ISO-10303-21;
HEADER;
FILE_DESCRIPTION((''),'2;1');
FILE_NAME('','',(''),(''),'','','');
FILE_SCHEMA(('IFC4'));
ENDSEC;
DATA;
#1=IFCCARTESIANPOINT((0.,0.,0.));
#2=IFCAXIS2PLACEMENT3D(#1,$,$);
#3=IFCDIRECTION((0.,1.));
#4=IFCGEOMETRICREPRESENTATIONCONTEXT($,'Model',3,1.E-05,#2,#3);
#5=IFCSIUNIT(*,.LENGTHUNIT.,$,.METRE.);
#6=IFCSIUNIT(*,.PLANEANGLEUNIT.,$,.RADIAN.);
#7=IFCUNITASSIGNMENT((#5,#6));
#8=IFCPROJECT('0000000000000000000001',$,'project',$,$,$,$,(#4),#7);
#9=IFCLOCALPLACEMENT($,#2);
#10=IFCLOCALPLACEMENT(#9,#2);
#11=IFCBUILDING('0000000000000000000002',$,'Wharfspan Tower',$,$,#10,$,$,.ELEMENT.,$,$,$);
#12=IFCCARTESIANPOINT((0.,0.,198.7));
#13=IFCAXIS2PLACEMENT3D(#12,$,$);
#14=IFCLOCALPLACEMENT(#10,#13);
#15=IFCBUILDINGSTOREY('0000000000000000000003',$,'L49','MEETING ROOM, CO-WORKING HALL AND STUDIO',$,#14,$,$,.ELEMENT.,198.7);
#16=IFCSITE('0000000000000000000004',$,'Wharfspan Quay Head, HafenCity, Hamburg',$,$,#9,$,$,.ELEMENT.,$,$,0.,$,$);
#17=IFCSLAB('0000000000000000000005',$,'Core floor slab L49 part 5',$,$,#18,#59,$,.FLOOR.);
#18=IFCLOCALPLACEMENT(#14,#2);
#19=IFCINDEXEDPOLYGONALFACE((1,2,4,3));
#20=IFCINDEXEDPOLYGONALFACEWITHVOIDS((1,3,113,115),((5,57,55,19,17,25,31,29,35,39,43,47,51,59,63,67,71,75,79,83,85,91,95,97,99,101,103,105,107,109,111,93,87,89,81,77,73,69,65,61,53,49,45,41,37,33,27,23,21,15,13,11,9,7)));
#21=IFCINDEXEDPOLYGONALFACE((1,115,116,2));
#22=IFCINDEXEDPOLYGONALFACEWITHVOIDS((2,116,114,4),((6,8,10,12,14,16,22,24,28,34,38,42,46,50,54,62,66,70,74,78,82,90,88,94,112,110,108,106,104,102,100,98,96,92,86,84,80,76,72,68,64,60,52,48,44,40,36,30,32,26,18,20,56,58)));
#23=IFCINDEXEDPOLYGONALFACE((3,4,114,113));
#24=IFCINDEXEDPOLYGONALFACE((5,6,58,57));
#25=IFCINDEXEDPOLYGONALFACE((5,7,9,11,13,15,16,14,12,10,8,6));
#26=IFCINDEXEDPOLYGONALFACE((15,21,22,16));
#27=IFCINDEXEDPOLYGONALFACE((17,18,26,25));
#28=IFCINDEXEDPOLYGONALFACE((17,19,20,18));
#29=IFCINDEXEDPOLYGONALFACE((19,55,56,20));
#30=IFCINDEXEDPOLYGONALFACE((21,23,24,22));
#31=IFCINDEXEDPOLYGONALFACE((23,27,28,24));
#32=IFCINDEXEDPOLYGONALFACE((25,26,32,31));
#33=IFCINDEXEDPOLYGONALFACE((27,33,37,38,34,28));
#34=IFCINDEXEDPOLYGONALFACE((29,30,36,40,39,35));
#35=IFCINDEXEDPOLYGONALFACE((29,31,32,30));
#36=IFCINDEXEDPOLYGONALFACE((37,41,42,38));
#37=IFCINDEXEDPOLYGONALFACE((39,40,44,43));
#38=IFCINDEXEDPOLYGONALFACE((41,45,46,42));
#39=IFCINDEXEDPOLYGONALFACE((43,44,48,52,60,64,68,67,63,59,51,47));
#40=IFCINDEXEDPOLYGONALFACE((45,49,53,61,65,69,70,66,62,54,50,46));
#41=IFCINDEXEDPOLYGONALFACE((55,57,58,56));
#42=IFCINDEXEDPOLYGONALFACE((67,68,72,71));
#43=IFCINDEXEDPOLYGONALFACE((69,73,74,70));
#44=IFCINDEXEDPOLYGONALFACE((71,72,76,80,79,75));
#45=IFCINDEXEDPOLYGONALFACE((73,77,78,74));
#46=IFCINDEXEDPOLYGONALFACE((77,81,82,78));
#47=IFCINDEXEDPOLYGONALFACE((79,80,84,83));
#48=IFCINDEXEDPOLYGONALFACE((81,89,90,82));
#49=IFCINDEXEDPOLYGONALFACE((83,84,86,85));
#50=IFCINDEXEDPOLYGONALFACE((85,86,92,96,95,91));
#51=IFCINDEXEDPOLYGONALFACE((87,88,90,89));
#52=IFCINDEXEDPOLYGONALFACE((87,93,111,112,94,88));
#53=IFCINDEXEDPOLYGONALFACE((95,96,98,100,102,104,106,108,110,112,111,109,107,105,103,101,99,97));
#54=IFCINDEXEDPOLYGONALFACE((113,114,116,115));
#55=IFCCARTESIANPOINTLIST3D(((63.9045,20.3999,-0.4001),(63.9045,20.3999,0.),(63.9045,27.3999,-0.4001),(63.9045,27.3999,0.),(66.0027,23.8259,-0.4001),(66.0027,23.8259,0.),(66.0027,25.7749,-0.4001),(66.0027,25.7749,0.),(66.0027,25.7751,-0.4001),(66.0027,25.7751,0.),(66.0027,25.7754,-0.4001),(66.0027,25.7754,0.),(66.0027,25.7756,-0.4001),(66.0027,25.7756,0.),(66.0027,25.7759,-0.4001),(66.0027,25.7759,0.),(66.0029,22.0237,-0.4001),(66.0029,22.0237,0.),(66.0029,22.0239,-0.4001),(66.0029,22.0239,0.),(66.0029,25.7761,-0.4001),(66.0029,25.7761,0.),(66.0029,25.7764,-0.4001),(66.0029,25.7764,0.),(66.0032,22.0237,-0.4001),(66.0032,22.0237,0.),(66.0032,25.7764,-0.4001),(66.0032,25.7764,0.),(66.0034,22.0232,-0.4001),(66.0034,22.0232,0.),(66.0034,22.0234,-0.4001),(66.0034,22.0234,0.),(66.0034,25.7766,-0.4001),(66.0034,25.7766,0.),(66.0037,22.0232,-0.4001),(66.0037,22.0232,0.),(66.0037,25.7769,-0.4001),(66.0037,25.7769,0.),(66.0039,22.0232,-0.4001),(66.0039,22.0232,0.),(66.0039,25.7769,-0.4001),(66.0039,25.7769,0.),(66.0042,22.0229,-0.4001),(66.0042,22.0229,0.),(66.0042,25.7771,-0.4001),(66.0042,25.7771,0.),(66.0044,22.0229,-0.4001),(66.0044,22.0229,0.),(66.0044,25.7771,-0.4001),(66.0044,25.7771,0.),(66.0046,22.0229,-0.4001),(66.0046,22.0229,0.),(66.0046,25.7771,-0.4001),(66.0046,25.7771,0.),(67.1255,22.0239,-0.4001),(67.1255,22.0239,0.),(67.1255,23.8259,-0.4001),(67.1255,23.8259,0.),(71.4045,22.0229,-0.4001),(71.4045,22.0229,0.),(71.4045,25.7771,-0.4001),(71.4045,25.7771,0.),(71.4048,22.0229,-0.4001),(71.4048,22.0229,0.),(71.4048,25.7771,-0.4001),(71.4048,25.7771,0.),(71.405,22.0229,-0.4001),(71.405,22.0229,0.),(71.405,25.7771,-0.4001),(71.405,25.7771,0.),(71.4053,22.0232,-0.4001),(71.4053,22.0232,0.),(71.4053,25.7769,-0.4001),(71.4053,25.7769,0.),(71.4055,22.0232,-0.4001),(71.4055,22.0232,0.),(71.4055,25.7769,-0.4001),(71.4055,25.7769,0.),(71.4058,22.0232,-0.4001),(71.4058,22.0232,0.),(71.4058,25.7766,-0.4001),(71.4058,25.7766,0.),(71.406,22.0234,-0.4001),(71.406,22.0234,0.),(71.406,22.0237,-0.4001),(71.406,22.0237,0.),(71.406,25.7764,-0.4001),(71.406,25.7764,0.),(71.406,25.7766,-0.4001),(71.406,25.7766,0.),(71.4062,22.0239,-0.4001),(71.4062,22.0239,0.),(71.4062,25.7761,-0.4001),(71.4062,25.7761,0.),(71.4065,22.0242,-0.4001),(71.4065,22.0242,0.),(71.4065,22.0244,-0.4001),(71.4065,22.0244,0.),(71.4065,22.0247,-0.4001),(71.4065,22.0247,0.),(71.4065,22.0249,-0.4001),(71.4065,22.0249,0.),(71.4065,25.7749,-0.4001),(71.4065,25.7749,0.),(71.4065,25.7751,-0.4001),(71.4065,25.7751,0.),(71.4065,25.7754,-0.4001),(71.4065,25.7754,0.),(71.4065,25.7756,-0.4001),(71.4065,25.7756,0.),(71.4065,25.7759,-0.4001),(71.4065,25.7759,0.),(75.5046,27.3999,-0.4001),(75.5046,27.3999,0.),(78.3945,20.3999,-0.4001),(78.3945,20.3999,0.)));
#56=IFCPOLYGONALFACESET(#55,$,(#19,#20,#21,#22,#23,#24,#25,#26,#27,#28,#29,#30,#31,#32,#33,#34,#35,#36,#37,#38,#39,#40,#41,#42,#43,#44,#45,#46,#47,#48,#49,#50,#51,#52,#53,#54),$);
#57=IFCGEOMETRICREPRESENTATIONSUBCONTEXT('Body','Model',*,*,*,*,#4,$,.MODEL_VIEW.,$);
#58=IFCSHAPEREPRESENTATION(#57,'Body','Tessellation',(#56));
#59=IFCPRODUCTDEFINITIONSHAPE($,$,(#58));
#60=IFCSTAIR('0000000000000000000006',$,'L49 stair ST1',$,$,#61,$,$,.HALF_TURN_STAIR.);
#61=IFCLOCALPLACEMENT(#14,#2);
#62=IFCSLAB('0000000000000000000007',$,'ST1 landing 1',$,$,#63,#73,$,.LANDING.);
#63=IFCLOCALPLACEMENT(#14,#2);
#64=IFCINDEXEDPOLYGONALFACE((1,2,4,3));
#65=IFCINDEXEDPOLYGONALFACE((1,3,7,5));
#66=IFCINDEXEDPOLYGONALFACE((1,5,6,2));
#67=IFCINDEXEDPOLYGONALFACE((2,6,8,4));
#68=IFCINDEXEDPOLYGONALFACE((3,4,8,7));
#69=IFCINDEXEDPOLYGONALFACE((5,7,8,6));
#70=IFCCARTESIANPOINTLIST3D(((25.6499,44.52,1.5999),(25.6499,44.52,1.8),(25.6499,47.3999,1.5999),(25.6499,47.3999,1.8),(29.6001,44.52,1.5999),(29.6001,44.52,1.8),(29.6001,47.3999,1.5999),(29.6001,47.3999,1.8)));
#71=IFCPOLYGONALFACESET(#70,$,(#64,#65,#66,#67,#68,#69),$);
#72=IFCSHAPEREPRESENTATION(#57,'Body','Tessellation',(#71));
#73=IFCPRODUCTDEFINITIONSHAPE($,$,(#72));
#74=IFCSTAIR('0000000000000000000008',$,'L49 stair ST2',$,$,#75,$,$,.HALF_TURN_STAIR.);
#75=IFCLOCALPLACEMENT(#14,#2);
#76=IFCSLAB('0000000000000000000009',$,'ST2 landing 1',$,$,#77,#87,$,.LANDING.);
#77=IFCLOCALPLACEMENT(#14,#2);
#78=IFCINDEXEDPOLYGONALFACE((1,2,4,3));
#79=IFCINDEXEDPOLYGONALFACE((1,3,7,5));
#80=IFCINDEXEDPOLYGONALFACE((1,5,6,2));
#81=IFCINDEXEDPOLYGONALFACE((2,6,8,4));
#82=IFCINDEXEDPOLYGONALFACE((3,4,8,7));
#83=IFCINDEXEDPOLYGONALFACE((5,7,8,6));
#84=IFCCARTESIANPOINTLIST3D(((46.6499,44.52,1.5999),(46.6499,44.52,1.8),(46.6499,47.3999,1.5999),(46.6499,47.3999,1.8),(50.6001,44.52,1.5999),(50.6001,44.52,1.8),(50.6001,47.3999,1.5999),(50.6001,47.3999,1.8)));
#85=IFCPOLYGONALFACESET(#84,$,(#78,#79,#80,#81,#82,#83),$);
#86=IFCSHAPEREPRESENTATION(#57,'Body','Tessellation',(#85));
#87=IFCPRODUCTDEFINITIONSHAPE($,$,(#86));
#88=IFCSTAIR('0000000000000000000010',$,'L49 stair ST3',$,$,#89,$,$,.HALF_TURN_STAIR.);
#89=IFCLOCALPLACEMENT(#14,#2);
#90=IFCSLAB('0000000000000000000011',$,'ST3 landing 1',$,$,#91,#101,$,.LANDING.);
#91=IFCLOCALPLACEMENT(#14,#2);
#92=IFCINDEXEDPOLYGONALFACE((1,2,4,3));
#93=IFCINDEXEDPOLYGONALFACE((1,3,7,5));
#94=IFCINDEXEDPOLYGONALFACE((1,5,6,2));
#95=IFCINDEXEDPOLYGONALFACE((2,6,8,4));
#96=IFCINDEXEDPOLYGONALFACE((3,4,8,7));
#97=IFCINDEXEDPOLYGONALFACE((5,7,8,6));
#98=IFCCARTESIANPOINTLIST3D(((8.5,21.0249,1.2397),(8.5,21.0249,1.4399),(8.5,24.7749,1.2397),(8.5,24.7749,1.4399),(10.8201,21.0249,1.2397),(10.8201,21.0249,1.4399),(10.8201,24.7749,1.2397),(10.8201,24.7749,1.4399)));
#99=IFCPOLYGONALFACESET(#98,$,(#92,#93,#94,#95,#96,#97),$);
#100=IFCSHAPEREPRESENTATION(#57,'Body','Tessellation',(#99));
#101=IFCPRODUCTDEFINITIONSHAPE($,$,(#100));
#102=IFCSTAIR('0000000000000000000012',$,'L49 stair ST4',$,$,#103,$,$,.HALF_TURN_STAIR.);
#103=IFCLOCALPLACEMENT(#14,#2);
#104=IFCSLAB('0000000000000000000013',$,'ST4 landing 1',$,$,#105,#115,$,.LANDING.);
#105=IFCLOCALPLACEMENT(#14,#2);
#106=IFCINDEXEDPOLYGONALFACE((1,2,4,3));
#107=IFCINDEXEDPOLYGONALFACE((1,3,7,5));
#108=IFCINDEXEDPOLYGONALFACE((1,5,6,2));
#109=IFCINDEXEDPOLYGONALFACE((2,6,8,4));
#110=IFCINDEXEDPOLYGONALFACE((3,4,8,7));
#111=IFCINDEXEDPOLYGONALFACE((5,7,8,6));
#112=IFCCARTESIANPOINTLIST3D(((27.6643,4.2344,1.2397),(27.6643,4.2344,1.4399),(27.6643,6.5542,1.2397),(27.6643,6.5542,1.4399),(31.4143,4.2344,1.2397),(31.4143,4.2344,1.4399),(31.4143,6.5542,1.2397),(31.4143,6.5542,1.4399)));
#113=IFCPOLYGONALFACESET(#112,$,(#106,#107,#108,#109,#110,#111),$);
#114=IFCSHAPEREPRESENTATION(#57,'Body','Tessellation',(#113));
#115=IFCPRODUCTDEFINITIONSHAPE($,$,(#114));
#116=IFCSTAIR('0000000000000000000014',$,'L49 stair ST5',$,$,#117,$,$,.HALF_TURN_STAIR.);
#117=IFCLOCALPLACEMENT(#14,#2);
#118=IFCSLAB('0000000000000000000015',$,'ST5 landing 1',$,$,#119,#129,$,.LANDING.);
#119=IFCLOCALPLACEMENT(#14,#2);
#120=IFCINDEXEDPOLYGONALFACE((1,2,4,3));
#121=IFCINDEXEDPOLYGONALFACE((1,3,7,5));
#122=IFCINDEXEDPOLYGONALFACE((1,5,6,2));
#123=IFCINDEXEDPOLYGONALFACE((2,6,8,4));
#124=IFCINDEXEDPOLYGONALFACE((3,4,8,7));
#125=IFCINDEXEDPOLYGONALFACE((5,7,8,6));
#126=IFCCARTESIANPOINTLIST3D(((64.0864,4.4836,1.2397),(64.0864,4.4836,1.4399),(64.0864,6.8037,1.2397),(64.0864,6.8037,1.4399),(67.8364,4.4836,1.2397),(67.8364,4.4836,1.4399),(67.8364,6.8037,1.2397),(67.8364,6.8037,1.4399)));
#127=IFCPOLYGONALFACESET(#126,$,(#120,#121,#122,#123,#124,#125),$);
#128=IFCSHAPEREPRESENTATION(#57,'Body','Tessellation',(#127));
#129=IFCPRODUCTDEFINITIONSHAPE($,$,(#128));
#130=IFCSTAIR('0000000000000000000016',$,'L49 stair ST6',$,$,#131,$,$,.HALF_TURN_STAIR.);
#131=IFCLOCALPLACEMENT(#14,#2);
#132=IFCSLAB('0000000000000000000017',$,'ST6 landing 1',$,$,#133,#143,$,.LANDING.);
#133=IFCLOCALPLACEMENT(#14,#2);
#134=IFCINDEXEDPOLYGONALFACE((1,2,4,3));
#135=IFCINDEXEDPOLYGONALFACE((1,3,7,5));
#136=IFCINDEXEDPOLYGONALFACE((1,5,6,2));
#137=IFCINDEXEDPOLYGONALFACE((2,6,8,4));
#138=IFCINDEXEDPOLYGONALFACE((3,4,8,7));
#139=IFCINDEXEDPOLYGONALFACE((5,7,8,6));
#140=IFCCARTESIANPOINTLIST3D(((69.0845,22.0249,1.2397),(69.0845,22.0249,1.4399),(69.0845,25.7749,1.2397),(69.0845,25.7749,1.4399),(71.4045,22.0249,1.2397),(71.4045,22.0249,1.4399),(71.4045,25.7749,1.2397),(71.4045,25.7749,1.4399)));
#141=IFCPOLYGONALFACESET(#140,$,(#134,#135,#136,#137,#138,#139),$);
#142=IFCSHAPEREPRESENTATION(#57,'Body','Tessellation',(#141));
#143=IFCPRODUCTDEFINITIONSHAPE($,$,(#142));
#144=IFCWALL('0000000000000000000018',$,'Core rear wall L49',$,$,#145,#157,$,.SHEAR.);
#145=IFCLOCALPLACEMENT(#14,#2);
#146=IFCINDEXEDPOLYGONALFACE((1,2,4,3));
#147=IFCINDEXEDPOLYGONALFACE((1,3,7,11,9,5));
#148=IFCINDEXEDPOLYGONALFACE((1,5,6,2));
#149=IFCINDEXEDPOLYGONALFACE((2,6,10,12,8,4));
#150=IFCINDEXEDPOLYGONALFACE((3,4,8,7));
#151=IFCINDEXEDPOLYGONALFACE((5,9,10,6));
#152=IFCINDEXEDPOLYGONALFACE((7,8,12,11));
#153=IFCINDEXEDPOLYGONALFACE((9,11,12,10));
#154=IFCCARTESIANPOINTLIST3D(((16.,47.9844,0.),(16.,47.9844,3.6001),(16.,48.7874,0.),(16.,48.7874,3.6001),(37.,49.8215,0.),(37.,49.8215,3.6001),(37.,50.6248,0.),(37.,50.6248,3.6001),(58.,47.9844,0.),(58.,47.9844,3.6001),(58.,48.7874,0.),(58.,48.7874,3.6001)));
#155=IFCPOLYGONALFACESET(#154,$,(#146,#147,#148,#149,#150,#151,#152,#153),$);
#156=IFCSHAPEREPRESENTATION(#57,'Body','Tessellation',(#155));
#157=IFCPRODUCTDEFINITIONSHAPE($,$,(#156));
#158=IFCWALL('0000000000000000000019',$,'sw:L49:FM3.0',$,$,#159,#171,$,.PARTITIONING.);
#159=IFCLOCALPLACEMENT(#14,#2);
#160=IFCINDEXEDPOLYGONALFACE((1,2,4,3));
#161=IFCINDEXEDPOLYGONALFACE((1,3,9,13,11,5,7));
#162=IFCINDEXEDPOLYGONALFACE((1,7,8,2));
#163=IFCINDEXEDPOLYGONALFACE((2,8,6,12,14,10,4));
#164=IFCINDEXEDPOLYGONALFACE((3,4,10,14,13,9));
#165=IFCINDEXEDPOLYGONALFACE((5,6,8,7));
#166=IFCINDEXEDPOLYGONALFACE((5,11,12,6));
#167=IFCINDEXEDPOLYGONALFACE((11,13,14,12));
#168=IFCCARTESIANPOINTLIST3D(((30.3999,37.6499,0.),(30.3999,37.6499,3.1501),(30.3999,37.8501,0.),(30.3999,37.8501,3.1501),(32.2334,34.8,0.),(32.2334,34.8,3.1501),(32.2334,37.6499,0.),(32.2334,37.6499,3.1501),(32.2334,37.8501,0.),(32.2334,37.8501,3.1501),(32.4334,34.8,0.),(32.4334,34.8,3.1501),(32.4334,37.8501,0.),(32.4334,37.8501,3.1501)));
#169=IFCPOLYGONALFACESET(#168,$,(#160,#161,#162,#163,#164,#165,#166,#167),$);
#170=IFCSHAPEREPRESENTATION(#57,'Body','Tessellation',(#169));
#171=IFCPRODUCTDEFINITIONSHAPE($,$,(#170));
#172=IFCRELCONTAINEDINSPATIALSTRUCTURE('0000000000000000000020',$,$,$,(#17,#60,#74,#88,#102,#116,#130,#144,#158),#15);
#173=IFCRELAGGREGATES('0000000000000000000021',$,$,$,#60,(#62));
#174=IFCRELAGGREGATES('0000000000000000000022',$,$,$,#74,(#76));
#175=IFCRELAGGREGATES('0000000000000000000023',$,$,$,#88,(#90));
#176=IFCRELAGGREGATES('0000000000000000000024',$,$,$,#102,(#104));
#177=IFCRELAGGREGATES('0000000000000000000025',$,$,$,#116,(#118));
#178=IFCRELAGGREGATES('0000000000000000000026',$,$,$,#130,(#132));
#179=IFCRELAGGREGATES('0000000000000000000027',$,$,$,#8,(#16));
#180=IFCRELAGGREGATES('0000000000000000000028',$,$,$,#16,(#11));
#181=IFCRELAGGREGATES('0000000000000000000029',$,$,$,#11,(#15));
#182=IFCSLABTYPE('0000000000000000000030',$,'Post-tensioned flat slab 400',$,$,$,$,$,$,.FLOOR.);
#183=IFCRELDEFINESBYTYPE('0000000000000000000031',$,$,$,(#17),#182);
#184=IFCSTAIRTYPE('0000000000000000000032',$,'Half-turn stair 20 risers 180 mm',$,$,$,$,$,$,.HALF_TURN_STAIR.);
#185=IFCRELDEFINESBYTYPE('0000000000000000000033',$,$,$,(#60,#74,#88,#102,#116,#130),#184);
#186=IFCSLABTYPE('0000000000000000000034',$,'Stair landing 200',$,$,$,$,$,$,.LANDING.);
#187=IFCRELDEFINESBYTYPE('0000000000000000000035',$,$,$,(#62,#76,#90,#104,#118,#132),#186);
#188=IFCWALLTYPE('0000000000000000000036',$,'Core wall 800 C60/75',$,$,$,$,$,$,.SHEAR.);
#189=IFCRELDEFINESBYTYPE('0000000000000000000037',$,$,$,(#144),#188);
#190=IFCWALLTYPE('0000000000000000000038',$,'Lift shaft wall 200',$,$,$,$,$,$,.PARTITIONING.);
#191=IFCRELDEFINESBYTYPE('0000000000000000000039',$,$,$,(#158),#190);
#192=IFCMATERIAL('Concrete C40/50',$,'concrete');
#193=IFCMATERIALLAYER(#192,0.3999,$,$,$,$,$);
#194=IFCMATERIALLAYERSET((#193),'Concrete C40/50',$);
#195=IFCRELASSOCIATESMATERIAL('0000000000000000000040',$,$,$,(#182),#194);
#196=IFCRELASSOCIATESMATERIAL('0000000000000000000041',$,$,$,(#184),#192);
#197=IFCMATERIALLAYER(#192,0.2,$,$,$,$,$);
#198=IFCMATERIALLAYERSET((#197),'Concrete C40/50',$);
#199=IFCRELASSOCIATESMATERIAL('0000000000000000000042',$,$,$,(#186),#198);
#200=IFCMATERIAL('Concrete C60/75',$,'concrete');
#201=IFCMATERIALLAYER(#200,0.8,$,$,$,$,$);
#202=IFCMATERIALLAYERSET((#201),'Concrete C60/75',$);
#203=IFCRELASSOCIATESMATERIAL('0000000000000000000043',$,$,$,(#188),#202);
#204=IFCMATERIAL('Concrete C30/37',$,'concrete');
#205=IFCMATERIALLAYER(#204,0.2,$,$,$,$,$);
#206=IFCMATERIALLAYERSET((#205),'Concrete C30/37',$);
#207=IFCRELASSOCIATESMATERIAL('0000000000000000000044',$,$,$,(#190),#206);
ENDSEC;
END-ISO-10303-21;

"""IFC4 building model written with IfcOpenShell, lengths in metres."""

from ifc_helpers import new_model, si_unit, direction, frame, origin, place, context, subcontext, project, spatial, polyline, outline, extrude, material, layer, layer_set, type_object, element, aggregate, save


model = new_model("IFC4")

# Units and contexts
model_context = context("Model", 3, precision=1e-05, world=origin(), true_north=direction((0.0, 1.0)))
body_context = subcontext(model_context, "Body", "Model", "MODEL_VIEW")
ifc_project = project(units=[si_unit("LENGTHUNIT", "METRE"), si_unit("PLANEANGLEUNIT", "RADIAN")], contexts=[model_context])

# Site, building, storey
site_placement = place(None, origin())
site = spatial("IfcSite", under=ifc_project, at=site_placement, Name="Wharfspan Quay Head, HafenCity, Hamburg", CompositionType="ELEMENT", RefElevation=0.0)
building_placement = place(site_placement, origin())
building = spatial("IfcBuilding", under=site, at=building_placement, Name="Wharfspan Tower", CompositionType="ELEMENT")
storey_placement = place(building_placement, frame((0.0, 0.0, 198.7)))
storey = spatial("IfcBuildingStorey", under=building, at=storey_placement, Name="L49", Description="MEETING ROOM, CO-WORKING HALL AND STUDIO", CompositionType="ELEMENT", Elevation=198.7)

# Slab
ifc_material_1 = material(Name="Concrete C40/50", Category="concrete")
ifc_layer_1 = layer(ifc_material_1, 0.3999)
ifc_layer_set_1 = layer_set([ifc_layer_1], Name="Concrete C40/50")
slab_type_1 = type_object("IfcSlabType", Name="Post-tensioned flat slab 400", PredefinedType="FLOOR", material=ifc_layer_set_1)
slab_1_placement = place(storey_placement, frame((0.0, 0.0, -0.4001)))
element("IfcSlab", 1, at=slab_1_placement, inside=storey, type_object=slab_type_1, Name="Core floor slab L49 part 5", PredefinedType="FLOOR", context=body_context, shape_type="SweptSolid", body=[
    extrude(outline(polyline([(78.3945, 20.3999), (75.5046, 27.3999), (63.9045, 27.3999), (63.9045, 20.3999), (78.3945, 20.3999)]), holes=[polyline([(66.0044, 22.0229), (66.0041, 22.0229), (66.0039, 22.0232), (66.0039, 22.0232), (66.0037, 22.0232), (66.0034, 22.0232), (66.0034, 22.0234), (66.0032, 22.0237), (66.0029, 22.0237), (66.0029, 22.0239), (66.0027, 22.0239), (67.1255, 22.0239), (67.1255, 23.8259), (66.0027, 23.8259), (66.0027, 25.7749), (66.0027, 25.7751), (66.0027, 25.7754), (66.0027, 25.7756), (66.0027, 25.7759), (66.0027, 25.7759), (66.0029, 25.7761), (66.0029, 25.7764), (66.0032, 25.7764), (66.0034, 25.7766), (66.0034, 25.7766), (66.0037, 25.7769), (66.0039, 25.7769), (66.0039, 25.7769), (66.0041, 25.7771), (66.0044, 25.7771), (66.0046, 25.7771), (71.4045, 25.7771), (71.4048, 25.7771), (71.405, 25.7771), (71.4053, 25.7769), (71.4055, 25.7769), (71.4055, 25.7769), (71.4058, 25.7766), (71.406, 25.7766), (71.406, 25.7764), (71.406, 25.7764), (71.4062, 25.7761), (71.4065, 25.7759), (71.4065, 25.7759), (71.4065, 25.7756), (71.4065, 25.7754), (71.4065, 25.7751), (71.4065, 25.7749), (71.4065, 22.0249), (71.4065, 22.0249), (71.4065, 22.0247), (71.4065, 22.0244), (71.4065, 22.0242), (71.4065, 22.0242), (71.4062, 22.0239), (71.406, 22.0237), (71.406, 22.0237), (71.406, 22.0234), (71.4058, 22.0232), (71.4055, 22.0232), (71.4055, 22.0232), (71.4053, 22.0232), (71.405, 22.0229), (71.4048, 22.0229), (71.4045, 22.0229), (66.0046, 22.0229), (66.0044, 22.0229)])]), origin(), (0.0, 0.0, 1.0), 0.4001),
])

# Stairs, slabs
stair_type = type_object("IfcStairType", Name="Half-turn stair 20 risers 180 mm", PredefinedType="HALF_TURN_STAIR", material=ifc_material_1)
stair_1_placement = place(storey_placement, origin())
stair_1 = element("IfcStair", 2, at=stair_1_placement, inside=storey, type_object=stair_type, Name="L49 stair ST1", PredefinedType="HALF_TURN_STAIR")
ifc_layer_2 = layer(ifc_material_1, 0.2)
ifc_layer_set_2 = layer_set([ifc_layer_2], Name="Concrete C40/50")
slab_type_2 = type_object("IfcSlabType", Name="Stair landing 200", PredefinedType="LANDING", material=ifc_layer_set_2)
slab_2_placement = place(storey_placement, frame((0.0, 0.0, 1.5999)))
slab_2 = element("IfcSlab", 3, at=slab_2_placement, type_object=slab_type_2, Name="ST1 landing 1", PredefinedType="LANDING", context=body_context, shape_type="SweptSolid", body=[
    extrude(outline(polyline([(25.6499, 44.52), (29.6001, 44.52), (29.6001, 47.3999), (25.6499, 47.3999), (25.6499, 44.52)])), origin(), (0.0, 0.0, 1.0), 0.2002),
])
aggregate(stair_1, [slab_2])
stair_2_placement = place(storey_placement, origin())
stair_2 = element("IfcStair", 4, at=stair_2_placement, inside=storey, type_object=stair_type, Name="L49 stair ST2", PredefinedType="HALF_TURN_STAIR")
slab_3_placement = place(storey_placement, frame((0.0, 0.0, 1.5999)))
slab_3 = element("IfcSlab", 5, at=slab_3_placement, type_object=slab_type_2, Name="ST2 landing 1", PredefinedType="LANDING", context=body_context, shape_type="SweptSolid", body=[
    extrude(outline(polyline([(46.6499, 44.52), (50.6001, 44.52), (50.6001, 47.3999), (46.6499, 47.3999), (46.6499, 44.52)])), origin(), (0.0, 0.0, 1.0), 0.2002),
])
aggregate(stair_2, [slab_3])
stair_3_placement = place(storey_placement, origin())
stair_3 = element("IfcStair", 6, at=stair_3_placement, inside=storey, type_object=stair_type, Name="L49 stair ST3", PredefinedType="HALF_TURN_STAIR")
slab_4_placement = place(storey_placement, frame((0.0, 0.0, 1.2397)))
slab_4 = element("IfcSlab", 7, at=slab_4_placement, type_object=slab_type_2, Name="ST3 landing 1", PredefinedType="LANDING", context=body_context, shape_type="SweptSolid", body=[
    extrude(outline(polyline([(10.8201, 24.7749), (8.5, 24.7749), (8.5, 21.0249), (10.8201, 21.0249), (10.8201, 24.7749)])), origin(), (0.0, 0.0, 1.0), 0.2002),
])
aggregate(stair_3, [slab_4])
stair_4_placement = place(storey_placement, origin())
stair_4 = element("IfcStair", 8, at=stair_4_placement, inside=storey, type_object=stair_type, Name="L49 stair ST4", PredefinedType="HALF_TURN_STAIR")
slab_5_placement = place(storey_placement, frame((0.0, 0.0, 1.2397)))
slab_5 = element("IfcSlab", 9, at=slab_5_placement, type_object=slab_type_2, Name="ST4 landing 1", PredefinedType="LANDING", context=body_context, shape_type="SweptSolid", body=[
    extrude(outline(polyline([(27.6643, 6.5542), (27.6643, 4.2344), (31.4143, 4.2344), (31.4143, 6.5542), (27.6643, 6.5542)])), origin(), (0.0, 0.0, 1.0), 0.2002),
])
aggregate(stair_4, [slab_5])
stair_5_placement = place(storey_placement, origin())
stair_5 = element("IfcStair", 10, at=stair_5_placement, inside=storey, type_object=stair_type, Name="L49 stair ST5", PredefinedType="HALF_TURN_STAIR")
slab_6_placement = place(storey_placement, frame((0.0, 0.0, 1.2397)))
slab_6 = element("IfcSlab", 11, at=slab_6_placement, type_object=slab_type_2, Name="ST5 landing 1", PredefinedType="LANDING", context=body_context, shape_type="SweptSolid", body=[
    extrude(outline(polyline([(64.0864, 6.8037), (64.0864, 4.4836), (67.8364, 4.4836), (67.8364, 6.8037), (64.0864, 6.8037)])), origin(), (0.0, 0.0, 1.0), 0.2002),
])
aggregate(stair_5, [slab_6])
stair_6_placement = place(storey_placement, origin())
stair_6 = element("IfcStair", 12, at=stair_6_placement, inside=storey, type_object=stair_type, Name="L49 stair ST6", PredefinedType="HALF_TURN_STAIR")
slab_7_placement = place(storey_placement, frame((0.0, 0.0, 1.2397)))
slab_7 = element("IfcSlab", 13, at=slab_7_placement, type_object=slab_type_2, Name="ST6 landing 1", PredefinedType="LANDING", context=body_context, shape_type="SweptSolid", body=[
    extrude(outline(polyline([(69.0845, 22.0249), (71.4045, 22.0249), (71.4045, 25.7749), (69.0845, 25.7749), (69.0845, 22.0249)])), origin(), (0.0, 0.0, 1.0), 0.2002),
])
aggregate(stair_6, [slab_7])

# Walls
ifc_material_2 = material(Name="Concrete C60/75", Category="concrete")
ifc_layer_3 = layer(ifc_material_2, 0.8)
ifc_layer_set_3 = layer_set([ifc_layer_3], Name="Concrete C60/75")
wall_type_1 = type_object("IfcWallType", Name="Core wall 800 C60/75", PredefinedType="SHEAR", material=ifc_layer_set_3)
wall_1_placement = place(storey_placement, origin())
element("IfcWall", 14, at=wall_1_placement, inside=storey, type_object=wall_type_1, Name="Core rear wall L49", PredefinedType="SHEAR", context=body_context, shape_type="SweptSolid", body=[
    extrude(outline(polyline([(16.0, 47.9844), (37.0, 49.8215), (58.0, 47.9844), (58.0, 48.7874), (37.0, 50.6248), (16.0, 48.7874), (16.0, 47.9844)])), origin(), (0.0, 0.0, 1.0), 3.6001),
])
ifc_material_3 = material(Name="Concrete C30/37", Category="concrete")
ifc_layer_4 = layer(ifc_material_3, 0.2)
ifc_layer_set_4 = layer_set([ifc_layer_4], Name="Concrete C30/37")
wall_type_2 = type_object("IfcWallType", Name="Lift shaft wall 200", PredefinedType="PARTITIONING", material=ifc_layer_set_4)
wall_2_placement = place(storey_placement, origin())
element("IfcWall", 15, at=wall_2_placement, inside=storey, type_object=wall_type_2, Name="sw:L49:FM3.0", PredefinedType="PARTITIONING", context=body_context, shape_type="SweptSolid", body=[
    extrude(outline(polyline([(32.2334, 37.6499), (30.3999, 37.6499), (30.3999, 37.8501), (32.2334, 37.8501), (32.4333, 37.8501), (32.4333, 34.8), (32.2334, 34.8), (32.2334, 37.6499)])), origin(), (0.0, 0.0, 1.0), 3.1501),
])

save(model, "model.ifc")
